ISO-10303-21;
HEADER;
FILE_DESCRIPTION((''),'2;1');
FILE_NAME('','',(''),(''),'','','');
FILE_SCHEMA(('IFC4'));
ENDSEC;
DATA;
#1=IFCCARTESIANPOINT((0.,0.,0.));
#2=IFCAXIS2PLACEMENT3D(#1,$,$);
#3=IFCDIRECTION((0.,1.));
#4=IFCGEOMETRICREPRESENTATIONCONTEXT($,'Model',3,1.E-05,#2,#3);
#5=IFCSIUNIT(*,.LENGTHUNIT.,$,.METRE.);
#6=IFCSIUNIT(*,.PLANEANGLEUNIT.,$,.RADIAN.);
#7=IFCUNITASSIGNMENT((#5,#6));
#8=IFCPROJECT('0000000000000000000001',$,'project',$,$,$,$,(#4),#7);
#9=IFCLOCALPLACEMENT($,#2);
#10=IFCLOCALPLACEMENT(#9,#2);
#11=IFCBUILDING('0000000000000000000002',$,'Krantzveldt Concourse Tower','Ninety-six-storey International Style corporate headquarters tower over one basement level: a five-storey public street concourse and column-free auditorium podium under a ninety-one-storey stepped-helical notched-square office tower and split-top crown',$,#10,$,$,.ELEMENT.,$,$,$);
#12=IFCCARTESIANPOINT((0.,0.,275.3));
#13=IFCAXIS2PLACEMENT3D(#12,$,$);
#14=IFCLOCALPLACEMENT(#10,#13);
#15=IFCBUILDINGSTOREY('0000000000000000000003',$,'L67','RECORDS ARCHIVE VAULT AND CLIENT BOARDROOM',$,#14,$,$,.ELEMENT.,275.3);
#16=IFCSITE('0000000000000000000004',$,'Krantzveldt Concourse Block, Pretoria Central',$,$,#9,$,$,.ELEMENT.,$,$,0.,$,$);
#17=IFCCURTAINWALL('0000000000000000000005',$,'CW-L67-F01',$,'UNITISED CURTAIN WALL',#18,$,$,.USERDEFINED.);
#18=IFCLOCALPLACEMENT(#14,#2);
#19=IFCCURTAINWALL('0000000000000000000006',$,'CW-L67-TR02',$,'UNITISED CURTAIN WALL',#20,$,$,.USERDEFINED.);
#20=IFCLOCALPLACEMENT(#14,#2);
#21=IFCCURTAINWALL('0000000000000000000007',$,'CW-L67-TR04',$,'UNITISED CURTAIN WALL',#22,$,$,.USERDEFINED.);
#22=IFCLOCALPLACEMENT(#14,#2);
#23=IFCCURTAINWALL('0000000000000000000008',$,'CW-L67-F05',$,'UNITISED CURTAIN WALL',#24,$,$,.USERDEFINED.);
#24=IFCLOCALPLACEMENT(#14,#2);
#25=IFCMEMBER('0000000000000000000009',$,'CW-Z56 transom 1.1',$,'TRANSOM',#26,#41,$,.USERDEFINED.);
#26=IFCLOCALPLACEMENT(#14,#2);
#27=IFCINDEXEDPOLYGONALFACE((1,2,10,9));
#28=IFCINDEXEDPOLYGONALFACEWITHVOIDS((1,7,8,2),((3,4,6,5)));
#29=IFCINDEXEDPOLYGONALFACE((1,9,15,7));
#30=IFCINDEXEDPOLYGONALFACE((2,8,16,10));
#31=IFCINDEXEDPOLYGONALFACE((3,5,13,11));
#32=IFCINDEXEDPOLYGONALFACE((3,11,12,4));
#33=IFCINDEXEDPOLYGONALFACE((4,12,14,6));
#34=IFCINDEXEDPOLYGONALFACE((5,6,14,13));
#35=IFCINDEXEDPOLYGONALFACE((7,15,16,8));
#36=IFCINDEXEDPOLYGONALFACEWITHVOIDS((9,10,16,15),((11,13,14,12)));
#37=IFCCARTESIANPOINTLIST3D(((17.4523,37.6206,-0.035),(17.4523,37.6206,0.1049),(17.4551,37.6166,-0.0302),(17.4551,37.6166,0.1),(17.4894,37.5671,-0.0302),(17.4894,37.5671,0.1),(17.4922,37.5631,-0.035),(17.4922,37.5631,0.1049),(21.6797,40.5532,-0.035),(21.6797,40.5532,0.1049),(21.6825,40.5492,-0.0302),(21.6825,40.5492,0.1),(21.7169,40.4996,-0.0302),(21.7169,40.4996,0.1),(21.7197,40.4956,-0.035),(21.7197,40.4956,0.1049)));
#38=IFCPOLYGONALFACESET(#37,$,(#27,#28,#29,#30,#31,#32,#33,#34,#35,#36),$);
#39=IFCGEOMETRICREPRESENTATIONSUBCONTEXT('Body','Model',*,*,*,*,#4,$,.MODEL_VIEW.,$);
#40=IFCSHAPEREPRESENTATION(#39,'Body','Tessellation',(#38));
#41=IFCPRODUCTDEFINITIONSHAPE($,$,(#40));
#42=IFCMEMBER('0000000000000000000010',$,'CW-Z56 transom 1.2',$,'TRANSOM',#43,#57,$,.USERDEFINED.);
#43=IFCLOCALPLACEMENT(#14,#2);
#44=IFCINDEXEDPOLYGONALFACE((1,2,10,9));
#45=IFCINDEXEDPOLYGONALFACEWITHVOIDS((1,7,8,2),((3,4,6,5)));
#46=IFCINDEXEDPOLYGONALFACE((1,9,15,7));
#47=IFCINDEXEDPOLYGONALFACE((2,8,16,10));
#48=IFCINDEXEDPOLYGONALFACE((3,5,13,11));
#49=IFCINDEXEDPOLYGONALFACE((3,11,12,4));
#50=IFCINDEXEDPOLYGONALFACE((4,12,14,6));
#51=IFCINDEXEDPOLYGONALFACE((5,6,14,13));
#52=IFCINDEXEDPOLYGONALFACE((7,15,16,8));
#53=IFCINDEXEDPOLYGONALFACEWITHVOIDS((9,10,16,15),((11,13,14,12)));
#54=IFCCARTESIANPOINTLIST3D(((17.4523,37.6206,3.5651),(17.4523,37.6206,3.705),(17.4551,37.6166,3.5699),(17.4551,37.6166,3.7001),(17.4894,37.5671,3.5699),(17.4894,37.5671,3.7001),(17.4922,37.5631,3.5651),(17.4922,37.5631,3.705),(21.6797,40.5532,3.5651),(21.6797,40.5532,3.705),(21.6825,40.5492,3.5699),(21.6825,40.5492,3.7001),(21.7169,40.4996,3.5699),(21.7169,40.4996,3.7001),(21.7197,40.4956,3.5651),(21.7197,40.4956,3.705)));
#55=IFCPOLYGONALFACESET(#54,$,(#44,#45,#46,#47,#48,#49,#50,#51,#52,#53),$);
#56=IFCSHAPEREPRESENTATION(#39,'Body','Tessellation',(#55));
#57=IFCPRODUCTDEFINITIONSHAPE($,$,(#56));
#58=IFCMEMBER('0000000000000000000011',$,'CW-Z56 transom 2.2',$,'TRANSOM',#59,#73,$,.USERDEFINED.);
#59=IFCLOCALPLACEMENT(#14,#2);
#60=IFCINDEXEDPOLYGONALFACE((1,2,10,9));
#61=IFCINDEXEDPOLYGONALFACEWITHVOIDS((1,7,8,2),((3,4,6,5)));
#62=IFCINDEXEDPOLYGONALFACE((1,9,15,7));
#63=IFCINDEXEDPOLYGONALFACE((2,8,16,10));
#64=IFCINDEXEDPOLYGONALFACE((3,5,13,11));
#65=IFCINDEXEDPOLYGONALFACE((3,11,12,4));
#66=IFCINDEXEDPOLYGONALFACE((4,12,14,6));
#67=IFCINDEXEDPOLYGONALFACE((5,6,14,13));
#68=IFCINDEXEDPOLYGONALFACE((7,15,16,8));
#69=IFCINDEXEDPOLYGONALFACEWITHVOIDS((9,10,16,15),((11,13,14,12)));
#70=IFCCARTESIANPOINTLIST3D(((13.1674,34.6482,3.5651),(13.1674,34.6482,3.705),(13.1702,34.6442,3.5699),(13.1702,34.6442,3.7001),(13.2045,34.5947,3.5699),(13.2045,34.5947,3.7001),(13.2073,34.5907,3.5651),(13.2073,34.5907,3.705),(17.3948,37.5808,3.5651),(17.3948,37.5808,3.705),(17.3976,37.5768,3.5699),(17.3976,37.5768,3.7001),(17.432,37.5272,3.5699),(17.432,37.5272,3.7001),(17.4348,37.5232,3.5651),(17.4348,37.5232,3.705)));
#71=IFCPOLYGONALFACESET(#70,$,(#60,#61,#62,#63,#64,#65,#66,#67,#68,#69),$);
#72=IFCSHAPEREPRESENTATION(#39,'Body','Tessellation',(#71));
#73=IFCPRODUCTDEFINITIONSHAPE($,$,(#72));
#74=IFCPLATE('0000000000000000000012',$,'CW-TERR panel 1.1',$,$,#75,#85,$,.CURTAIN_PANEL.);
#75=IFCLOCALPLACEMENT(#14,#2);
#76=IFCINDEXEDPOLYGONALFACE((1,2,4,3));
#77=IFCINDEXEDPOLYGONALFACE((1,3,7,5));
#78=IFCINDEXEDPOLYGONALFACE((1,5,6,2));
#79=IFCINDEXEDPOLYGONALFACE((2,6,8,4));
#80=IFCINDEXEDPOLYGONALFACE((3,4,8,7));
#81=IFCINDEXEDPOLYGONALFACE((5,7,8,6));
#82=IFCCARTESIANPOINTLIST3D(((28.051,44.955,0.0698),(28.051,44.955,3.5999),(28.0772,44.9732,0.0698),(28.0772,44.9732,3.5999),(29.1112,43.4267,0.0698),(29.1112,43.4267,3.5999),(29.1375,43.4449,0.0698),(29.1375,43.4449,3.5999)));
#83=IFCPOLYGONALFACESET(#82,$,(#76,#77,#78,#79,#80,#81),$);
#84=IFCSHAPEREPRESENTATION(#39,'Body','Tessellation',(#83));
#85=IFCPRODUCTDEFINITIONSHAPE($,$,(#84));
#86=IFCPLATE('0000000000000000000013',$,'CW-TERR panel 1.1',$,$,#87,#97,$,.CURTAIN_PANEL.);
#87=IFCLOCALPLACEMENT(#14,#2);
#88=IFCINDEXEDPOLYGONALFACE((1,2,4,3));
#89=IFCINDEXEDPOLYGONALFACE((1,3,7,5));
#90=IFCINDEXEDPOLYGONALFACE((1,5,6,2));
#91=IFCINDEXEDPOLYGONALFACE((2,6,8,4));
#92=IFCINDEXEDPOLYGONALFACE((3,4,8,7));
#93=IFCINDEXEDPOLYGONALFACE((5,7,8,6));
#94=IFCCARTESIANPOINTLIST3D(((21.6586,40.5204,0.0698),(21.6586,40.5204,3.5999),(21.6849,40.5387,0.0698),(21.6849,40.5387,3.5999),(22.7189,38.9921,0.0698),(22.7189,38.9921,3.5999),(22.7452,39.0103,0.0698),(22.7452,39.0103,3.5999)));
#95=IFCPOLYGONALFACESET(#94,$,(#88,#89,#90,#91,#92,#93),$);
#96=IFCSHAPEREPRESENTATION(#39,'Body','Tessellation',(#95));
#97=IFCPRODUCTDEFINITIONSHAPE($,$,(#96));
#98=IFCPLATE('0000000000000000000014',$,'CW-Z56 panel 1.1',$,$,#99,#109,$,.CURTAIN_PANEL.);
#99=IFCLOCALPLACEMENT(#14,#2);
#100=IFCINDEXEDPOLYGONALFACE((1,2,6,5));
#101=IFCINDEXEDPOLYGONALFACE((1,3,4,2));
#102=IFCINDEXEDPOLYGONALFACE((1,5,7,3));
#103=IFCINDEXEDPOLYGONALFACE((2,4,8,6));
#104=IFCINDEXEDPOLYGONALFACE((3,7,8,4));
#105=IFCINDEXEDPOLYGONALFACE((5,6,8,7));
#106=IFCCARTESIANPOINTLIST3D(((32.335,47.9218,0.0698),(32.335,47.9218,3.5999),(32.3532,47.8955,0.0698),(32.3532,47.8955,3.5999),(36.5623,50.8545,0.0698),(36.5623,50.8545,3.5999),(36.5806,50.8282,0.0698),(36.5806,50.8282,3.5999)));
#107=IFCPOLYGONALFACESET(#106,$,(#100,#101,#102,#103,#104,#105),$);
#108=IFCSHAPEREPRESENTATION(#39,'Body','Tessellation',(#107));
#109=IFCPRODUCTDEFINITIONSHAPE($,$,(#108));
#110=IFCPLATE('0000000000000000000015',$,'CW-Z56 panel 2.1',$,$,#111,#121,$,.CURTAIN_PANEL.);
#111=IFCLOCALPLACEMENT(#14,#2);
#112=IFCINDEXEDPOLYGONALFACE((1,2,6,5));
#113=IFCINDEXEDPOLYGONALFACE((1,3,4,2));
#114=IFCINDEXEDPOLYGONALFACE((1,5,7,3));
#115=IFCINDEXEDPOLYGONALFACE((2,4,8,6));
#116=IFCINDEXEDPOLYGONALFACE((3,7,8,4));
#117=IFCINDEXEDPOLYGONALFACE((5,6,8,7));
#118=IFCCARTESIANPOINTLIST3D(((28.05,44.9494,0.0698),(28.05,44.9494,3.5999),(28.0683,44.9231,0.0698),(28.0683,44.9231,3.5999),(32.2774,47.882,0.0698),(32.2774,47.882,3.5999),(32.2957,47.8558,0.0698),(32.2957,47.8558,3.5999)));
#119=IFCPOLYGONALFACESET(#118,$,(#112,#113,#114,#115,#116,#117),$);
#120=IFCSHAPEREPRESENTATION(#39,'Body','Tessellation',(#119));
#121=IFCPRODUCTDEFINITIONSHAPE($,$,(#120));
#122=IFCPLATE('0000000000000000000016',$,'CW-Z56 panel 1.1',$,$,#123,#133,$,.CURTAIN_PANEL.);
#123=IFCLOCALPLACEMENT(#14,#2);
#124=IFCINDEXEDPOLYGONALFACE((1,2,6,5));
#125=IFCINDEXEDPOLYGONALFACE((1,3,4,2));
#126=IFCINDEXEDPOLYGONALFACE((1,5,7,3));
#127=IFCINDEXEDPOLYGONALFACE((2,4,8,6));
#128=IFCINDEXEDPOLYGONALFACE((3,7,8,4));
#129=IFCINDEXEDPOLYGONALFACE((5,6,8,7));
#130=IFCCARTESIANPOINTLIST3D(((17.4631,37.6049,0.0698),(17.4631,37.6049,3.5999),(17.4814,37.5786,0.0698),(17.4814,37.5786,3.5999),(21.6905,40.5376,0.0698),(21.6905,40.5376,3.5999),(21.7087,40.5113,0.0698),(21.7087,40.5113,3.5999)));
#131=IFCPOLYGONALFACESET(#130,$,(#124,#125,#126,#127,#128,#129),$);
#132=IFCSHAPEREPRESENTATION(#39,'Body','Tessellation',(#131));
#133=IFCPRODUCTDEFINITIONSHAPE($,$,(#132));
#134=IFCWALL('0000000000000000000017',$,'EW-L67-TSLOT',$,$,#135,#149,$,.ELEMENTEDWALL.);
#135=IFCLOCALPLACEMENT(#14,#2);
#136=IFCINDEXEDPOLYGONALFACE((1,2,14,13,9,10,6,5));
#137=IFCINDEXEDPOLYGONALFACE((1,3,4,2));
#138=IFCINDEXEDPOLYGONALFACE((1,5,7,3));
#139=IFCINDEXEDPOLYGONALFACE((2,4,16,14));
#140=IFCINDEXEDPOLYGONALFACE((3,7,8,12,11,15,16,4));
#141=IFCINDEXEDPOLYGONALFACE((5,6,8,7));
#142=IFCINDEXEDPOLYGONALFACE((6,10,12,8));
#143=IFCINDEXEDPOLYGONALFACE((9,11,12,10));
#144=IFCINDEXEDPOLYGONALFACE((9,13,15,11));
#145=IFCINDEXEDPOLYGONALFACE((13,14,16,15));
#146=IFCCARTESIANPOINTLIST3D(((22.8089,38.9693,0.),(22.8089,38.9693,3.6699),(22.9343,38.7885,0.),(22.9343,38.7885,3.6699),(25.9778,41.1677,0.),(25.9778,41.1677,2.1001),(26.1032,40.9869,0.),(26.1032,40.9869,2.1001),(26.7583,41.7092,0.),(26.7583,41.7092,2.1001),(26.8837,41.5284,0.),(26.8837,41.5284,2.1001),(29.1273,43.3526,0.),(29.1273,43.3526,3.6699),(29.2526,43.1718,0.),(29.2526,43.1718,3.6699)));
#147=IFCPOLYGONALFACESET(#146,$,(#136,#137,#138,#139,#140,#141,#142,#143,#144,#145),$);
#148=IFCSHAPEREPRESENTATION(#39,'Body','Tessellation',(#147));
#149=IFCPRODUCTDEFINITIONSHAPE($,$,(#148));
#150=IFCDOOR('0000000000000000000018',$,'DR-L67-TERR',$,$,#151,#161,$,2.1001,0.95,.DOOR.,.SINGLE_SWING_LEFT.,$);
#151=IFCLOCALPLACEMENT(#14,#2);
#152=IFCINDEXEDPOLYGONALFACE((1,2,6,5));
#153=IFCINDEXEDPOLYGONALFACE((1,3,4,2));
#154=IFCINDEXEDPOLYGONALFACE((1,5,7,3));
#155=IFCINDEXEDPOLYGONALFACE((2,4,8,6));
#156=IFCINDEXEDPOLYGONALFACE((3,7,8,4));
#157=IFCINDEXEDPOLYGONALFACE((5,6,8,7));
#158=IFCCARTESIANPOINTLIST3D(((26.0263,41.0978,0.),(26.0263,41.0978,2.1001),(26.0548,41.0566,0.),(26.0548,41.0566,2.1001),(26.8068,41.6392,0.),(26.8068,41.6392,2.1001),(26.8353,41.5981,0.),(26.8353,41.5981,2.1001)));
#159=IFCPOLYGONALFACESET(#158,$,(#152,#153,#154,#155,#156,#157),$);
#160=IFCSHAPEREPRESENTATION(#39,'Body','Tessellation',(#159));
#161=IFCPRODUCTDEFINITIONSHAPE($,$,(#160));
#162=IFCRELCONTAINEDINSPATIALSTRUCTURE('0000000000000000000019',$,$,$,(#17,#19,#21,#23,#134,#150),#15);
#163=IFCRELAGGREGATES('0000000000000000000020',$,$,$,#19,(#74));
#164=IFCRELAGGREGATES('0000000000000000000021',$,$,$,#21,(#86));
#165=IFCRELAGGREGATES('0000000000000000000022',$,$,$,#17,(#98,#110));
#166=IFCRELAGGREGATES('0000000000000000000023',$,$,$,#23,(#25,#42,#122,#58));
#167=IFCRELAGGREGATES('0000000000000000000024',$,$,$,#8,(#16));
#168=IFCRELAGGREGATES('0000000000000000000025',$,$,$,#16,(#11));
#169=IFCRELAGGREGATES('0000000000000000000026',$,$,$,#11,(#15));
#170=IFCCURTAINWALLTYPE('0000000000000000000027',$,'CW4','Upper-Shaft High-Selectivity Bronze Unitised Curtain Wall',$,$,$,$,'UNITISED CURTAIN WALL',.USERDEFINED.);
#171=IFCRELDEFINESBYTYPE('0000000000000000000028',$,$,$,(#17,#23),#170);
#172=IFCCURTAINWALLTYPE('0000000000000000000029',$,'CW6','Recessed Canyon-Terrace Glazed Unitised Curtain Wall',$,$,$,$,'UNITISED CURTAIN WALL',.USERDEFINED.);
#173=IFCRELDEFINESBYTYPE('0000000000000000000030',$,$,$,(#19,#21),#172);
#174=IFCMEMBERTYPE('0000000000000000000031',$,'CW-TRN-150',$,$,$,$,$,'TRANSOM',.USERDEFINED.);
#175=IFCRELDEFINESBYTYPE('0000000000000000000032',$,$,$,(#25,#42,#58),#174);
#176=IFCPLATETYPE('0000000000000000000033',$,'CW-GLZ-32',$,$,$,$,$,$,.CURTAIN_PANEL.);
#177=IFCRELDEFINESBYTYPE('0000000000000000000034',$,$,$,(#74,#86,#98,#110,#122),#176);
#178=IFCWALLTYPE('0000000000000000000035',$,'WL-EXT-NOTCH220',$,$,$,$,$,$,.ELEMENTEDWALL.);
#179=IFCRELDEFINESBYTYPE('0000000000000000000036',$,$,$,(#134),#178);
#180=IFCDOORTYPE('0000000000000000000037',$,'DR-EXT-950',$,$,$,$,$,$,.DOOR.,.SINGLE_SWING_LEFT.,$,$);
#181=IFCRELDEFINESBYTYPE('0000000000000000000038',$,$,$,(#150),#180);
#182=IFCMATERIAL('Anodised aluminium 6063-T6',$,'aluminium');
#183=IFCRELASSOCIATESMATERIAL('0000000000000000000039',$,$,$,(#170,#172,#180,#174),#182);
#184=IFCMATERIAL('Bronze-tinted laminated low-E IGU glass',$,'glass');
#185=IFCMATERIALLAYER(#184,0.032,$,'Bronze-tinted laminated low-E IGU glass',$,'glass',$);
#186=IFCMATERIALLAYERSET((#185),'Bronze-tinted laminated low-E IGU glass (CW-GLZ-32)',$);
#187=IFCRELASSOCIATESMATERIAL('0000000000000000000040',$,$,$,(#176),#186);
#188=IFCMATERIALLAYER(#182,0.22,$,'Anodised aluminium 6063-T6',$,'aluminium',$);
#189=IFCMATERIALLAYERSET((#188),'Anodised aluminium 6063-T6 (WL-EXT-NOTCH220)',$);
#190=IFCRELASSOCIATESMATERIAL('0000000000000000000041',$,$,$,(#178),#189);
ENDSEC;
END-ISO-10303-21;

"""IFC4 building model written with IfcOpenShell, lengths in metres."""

from ifc_helpers import new_model, si_unit, direction, frame, frame_2d, origin, origin_2d, place, context, subcontext, project, spatial, rectangle, hollow_rectangle, extrude, source, transform, mapped, material, layer, layer_set, material_profile, profile_set, type_object, type_shapes, element, fill, aggregate, save


model = new_model("IFC4")

# Units and contexts
model_context = context("Model", 3, precision=1e-05, world=origin(), true_north=direction((0.0, 1.0)))
body_context = subcontext(model_context, "Body", "Model", "MODEL_VIEW")
ifc_project = project(units=[si_unit("LENGTHUNIT", "METRE"), si_unit("PLANEANGLEUNIT", "RADIAN")], contexts=[model_context])

# Site, building, storey
site_placement = place(None, origin())
site = spatial("IfcSite", under=ifc_project, at=site_placement, Name="Krantzveldt Concourse Block, Pretoria Central", CompositionType="ELEMENT", RefElevation=0.0)
building_placement = place(site_placement, origin())
building = spatial("IfcBuilding", under=site, at=building_placement, Name="Krantzveldt Concourse Tower", Description="Ninety-six-storey International Style corporate headquarters tower over one basement level: a five-storey public street concourse and column-free auditorium podium under a ninety-one-storey stepped-helical notched-square office tower and split-top crown", CompositionType="ELEMENT")
storey_placement = place(building_placement, frame((0.0, 0.0, 275.3)))
storey = spatial("IfcBuildingStorey", under=building, at=storey_placement, Name="L67", Description="RECORDS ARCHIVE VAULT AND CLIENT BOARDROOM", CompositionType="ELEMENT", Elevation=275.3)

# Curtain walls
ifc_material_1 = material(Name="Anodised aluminium 6063-T6", Category="aluminium")
curtain_wall_type_1 = type_object("IfcCurtainWallType", Name="CW4", Description="Upper-Shaft High-Selectivity Bronze Unitised Curtain Wall", ElementType="UNITISED CURTAIN WALL", PredefinedType="USERDEFINED", material=ifc_material_1)
curtain_wall_1_placement = place(storey_placement, origin())
curtain_wall_1 = element("IfcCurtainWall", 1, at=curtain_wall_1_placement, inside=storey, type_object=curtain_wall_type_1, Name="CW-L67-F01", ObjectType="UNITISED CURTAIN WALL", PredefinedType="USERDEFINED")
curtain_wall_type_2 = type_object("IfcCurtainWallType", Name="CW6", Description="Recessed Canyon-Terrace Glazed Unitised Curtain Wall", ElementType="UNITISED CURTAIN WALL", PredefinedType="USERDEFINED", material=ifc_material_1)
curtain_wall_2_placement = place(storey_placement, origin())
curtain_wall_2 = element("IfcCurtainWall", 2, at=curtain_wall_2_placement, inside=storey, type_object=curtain_wall_type_2, Name="CW-L67-TR02", ObjectType="UNITISED CURTAIN WALL", PredefinedType="USERDEFINED")
curtain_wall_3_placement = place(storey_placement, origin())
curtain_wall_3 = element("IfcCurtainWall", 3, at=curtain_wall_3_placement, inside=storey, type_object=curtain_wall_type_2, Name="CW-L67-TR04", ObjectType="UNITISED CURTAIN WALL", PredefinedType="USERDEFINED")
curtain_wall_4_placement = place(storey_placement, origin())
curtain_wall_4 = element("IfcCurtainWall", 4, at=curtain_wall_4_placement, inside=storey, type_object=curtain_wall_type_1, Name="CW-L67-F05", ObjectType="UNITISED CURTAIN WALL", PredefinedType="USERDEFINED")

# Members
ifc_material_profile_1 = material_profile(ifc_material_1, hollow_rectangle(XDim=0.0701, YDim=0.1399, WallThickness=0.0049, at=origin_2d()), Name="Anodised aluminium 6063-T6", Category="aluminium")
ifc_profile_set_1 = profile_set([ifc_material_profile_1], Name="Anodised aluminium 6063-T6 - ALU-TRAN 140x70x5")
member_type_1 = type_object("IfcMemberType", Name="CW-TRN-150", ElementType="TRANSOM", PredefinedType="USERDEFINED", material=ifc_profile_set_1)
shared_shape_1 = source(origin(), body_context, "Body", "SweptSolid", [
    extrude(hollow_rectangle(XDim=0.0701, YDim=0.1399, WallThickness=0.0049, at=origin_2d()), origin(), (0.0, 0.0, 1.0), 5.145),
])
member_1_placement = place(storey_placement, frame((21.6997, 40.5244, 0.0349), z_axis=(-0.821659, -0.56998, 0.0), x_axis=(0.56998, -0.821659, 0.0)))
member_1 = element("IfcMember", 5, at=member_1_placement, type_object=member_type_1, Name="CW-Z56 transom 1.1", ObjectType="TRANSOM", PredefinedType="USERDEFINED", context=body_context, shape_type="MappedRepresentation", body=[
    mapped(shared_shape_1, transform((0.0, 0.0, 0.0), x_axis=(1.0, 0.0, 0.0), y_axis=(0.0, 1.0, 0.0), z_axis=(0.0, 0.0, 1.0), scale=1.0)),
])
member_2_placement = place(storey_placement, frame((21.6997, 40.5244, 3.635), z_axis=(-0.821659, -0.56998, 0.0), x_axis=(0.56998, -0.821659, 0.0)))
member_2 = element("IfcMember", 6, at=member_2_placement, type_object=member_type_1, Name="CW-Z56 transom 1.2", ObjectType="TRANSOM", PredefinedType="USERDEFINED", context=body_context, shape_type="MappedRepresentation", body=[
    mapped(shared_shape_1, transform((0.0, 0.0, 0.0), x_axis=(1.0, 0.0, 0.0), y_axis=(0.0, 1.0, 0.0), z_axis=(0.0, 0.0, 1.0), scale=1.0)),
])
member_3_placement = place(storey_placement, frame((17.4148, 37.552, 3.635), z_axis=(-0.821659, -0.56998, 0.0), x_axis=(0.56998, -0.821659, 0.0)))
member_3 = element("IfcMember", 7, at=member_3_placement, type_object=member_type_1, Name="CW-Z56 transom 2.2", ObjectType="TRANSOM", PredefinedType="USERDEFINED", context=body_context, shape_type="MappedRepresentation", body=[
    mapped(shared_shape_1, transform((0.0, 0.0, 0.0), x_axis=(1.0, 0.0, 0.0), y_axis=(0.0, 1.0, 0.0), z_axis=(0.0, 0.0, 1.0), scale=1.0)),
])

# Plates
ifc_material_2 = material(Name="Bronze-tinted laminated low-E IGU glass", Category="glass")
ifc_layer_1 = layer(ifc_material_2, 0.032, Name="Bronze-tinted laminated low-E IGU glass", Category="glass")
ifc_layer_set_1 = layer_set([ifc_layer_1], Name="Bronze-tinted laminated low-E IGU glass (CW-GLZ-32)")
plate_type = type_object("IfcPlateType", Name="CW-GLZ-32", PredefinedType="CURTAIN_PANEL", material=ifc_layer_set_1)
shared_shape_2 = source(origin(), body_context, "Body", "SweptSolid", [
    extrude(rectangle(XDim=1.8601, YDim=0.032, at=origin_2d()), origin(), (0.0, 0.0, 1.0), 3.53),
])
plate_1_placement = place(storey_placement, frame((28.5942, 44.2, 0.0698), z_axis=(0.0, 0.0, 1.0), x_axis=(0.569998, -0.821646, 0.0)))
plate_1 = element("IfcPlate", 8, at=plate_1_placement, type_object=plate_type, Name="CW-TERR panel 1.1", PredefinedType="CURTAIN_PANEL", context=body_context, shape_type="MappedRepresentation", body=[
    mapped(shared_shape_2, transform((0.0, 0.0, 0.0), x_axis=(1.0, 0.0, 0.0), y_axis=(0.0, 1.0, 0.0), z_axis=(0.0, 0.0, 1.0), scale=1.0)),
])
aggregate(curtain_wall_2, [plate_1])
plate_2_placement = place(storey_placement, frame((22.2019, 39.7654, 0.0698), z_axis=(0.0, 0.0, 1.0), x_axis=(-0.569996, 0.821647, 0.0)))
plate_2 = element("IfcPlate", 9, at=plate_2_placement, type_object=plate_type, Name="CW-TERR panel 1.1", PredefinedType="CURTAIN_PANEL", context=body_context, shape_type="MappedRepresentation", body=[
    mapped(shared_shape_2, transform((0.0, 0.0, 0.0), x_axis=(1.0, 0.0, 0.0), y_axis=(0.0, 1.0, 0.0), z_axis=(0.0, 0.0, 1.0), scale=1.0)),
])
aggregate(curtain_wall_3, [plate_2])
shared_shape_3 = source(origin(), body_context, "Body", "SweptSolid", [
    extrude(rectangle(XDim=5.145, YDim=0.032, at=origin_2d()), origin(), (0.0, 0.0, 1.0), 3.53),
])
type_shapes(plate_type, [shared_shape_2, shared_shape_3])
plate_3_placement = place(storey_placement, frame((34.4578, 49.375, 0.0698), z_axis=(0.0, 0.0, 1.0), x_axis=(-0.821647, -0.569997, 0.0)))
plate_3 = element("IfcPlate", 10, at=plate_3_placement, type_object=plate_type, Name="CW-Z56 panel 1.1", PredefinedType="CURTAIN_PANEL", context=body_context, shape_type="MappedRepresentation", body=[
    mapped(shared_shape_3, transform((0.0, 0.0, 0.0), x_axis=(1.0, 0.0, 0.0), y_axis=(0.0, 1.0, 0.0), z_axis=(0.0, 0.0, 1.0), scale=1.0)),
])
plate_4_placement = place(storey_placement, frame((30.1729, 46.4026, 0.0698), z_axis=(0.0, 0.0, 1.0), x_axis=(-0.821647, -0.569997, 0.0)))
plate_4 = element("IfcPlate", 11, at=plate_4_placement, type_object=plate_type, Name="CW-Z56 panel 2.1", PredefinedType="CURTAIN_PANEL", context=body_context, shape_type="MappedRepresentation", body=[
    mapped(shared_shape_3, transform((0.0, 0.0, 0.0), x_axis=(1.0, 0.0, 0.0), y_axis=(0.0, 1.0, 0.0), z_axis=(0.0, 0.0, 1.0), scale=1.0)),
])
aggregate(curtain_wall_1, [plate_3, plate_4])
plate_5_placement = place(storey_placement, frame((19.5859, 39.0581, 0.0698), z_axis=(0.0, 0.0, 1.0), x_axis=(-0.821647, -0.569996, 0.0)))
plate_5 = element("IfcPlate", 12, at=plate_5_placement, type_object=plate_type, Name="CW-Z56 panel 1.1", PredefinedType="CURTAIN_PANEL", context=body_context, shape_type="MappedRepresentation", body=[
    mapped(shared_shape_3, transform((0.0, 0.0, 0.0), x_axis=(1.0, 0.0, 0.0), y_axis=(0.0, 1.0, 0.0), z_axis=(0.0, 0.0, 1.0), scale=1.0)),
])
aggregate(curtain_wall_4, [member_1, member_2, plate_5, member_3])

# Wall, opening, door
ifc_layer_2 = layer(ifc_material_1, 0.22, Name="Anodised aluminium 6063-T6", Category="aluminium")
ifc_layer_set_2 = layer_set([ifc_layer_2], Name="Anodised aluminium 6063-T6 (WL-EXT-NOTCH220)")
wall_type = type_object("IfcWallType", Name="WL-EXT-NOTCH220", PredefinedType="ELEMENTEDWALL", material=ifc_layer_set_2)
wall_placement = place(storey_placement, frame((22.8716, 38.8789, 0.0), z_axis=(0.0, 0.0, 1.0), x_axis=(0.821641, 0.570005, 0.0)))
wall = element("IfcWall", 13, at=wall_placement, inside=storey, type_object=wall_type, Name="EW-L67-TSLOT", PredefinedType="ELEMENTEDWALL", context=body_context, shape_type="SweptSolid", body=[
    extrude(rectangle(XDim=7.6899, YDim=0.22, at=frame_2d((3.845, 0.0))), origin(), (0.0, 0.0, 1.0), 3.6699),
])
opening_placement = place(wall_placement, frame((3.8567, 0.0, 0.0)))
opening = element("IfcOpeningElement", 14, at=opening_placement, cuts=wall, PredefinedType="OPENING", context=body_context, shape_type="SweptSolid", body=[
    extrude(rectangle(XDim=0.95, YDim=2.1001, at=frame_2d((0.4751, 1.05))), frame((0.0, 0.1201, 0.0), z_axis=(0.0, -1.0, 0.0), x_axis=(1.0, 0.0, 0.0)), (0.0, 0.0, 1.0), 0.24),
])
door_type = type_object("IfcDoorType", Name="DR-EXT-950", OperationType="SINGLE_SWING_LEFT", PredefinedType="DOOR", material=ifc_material_1)
door_placement = place(opening_placement, origin())
door = element("IfcDoor", 15, at=door_placement, inside=storey, type_object=door_type, Name="DR-L67-TERR", OperationType="SINGLE_SWING_LEFT", OverallHeight=2.1001, OverallWidth=0.95, PredefinedType="DOOR", context=body_context, shape_type="SweptSolid", body=[
    extrude(rectangle(XDim=0.95, YDim=2.1001, at=frame_2d((0.4751, 1.05))), frame((0.0, 0.0249, 0.0), z_axis=(0.0, -1.0, 0.0), x_axis=(1.0, 0.0, 0.0)), (0.0, 0.0, 1.0), 0.05),
])
fill(opening, door)

save(model, "model.ifc")
